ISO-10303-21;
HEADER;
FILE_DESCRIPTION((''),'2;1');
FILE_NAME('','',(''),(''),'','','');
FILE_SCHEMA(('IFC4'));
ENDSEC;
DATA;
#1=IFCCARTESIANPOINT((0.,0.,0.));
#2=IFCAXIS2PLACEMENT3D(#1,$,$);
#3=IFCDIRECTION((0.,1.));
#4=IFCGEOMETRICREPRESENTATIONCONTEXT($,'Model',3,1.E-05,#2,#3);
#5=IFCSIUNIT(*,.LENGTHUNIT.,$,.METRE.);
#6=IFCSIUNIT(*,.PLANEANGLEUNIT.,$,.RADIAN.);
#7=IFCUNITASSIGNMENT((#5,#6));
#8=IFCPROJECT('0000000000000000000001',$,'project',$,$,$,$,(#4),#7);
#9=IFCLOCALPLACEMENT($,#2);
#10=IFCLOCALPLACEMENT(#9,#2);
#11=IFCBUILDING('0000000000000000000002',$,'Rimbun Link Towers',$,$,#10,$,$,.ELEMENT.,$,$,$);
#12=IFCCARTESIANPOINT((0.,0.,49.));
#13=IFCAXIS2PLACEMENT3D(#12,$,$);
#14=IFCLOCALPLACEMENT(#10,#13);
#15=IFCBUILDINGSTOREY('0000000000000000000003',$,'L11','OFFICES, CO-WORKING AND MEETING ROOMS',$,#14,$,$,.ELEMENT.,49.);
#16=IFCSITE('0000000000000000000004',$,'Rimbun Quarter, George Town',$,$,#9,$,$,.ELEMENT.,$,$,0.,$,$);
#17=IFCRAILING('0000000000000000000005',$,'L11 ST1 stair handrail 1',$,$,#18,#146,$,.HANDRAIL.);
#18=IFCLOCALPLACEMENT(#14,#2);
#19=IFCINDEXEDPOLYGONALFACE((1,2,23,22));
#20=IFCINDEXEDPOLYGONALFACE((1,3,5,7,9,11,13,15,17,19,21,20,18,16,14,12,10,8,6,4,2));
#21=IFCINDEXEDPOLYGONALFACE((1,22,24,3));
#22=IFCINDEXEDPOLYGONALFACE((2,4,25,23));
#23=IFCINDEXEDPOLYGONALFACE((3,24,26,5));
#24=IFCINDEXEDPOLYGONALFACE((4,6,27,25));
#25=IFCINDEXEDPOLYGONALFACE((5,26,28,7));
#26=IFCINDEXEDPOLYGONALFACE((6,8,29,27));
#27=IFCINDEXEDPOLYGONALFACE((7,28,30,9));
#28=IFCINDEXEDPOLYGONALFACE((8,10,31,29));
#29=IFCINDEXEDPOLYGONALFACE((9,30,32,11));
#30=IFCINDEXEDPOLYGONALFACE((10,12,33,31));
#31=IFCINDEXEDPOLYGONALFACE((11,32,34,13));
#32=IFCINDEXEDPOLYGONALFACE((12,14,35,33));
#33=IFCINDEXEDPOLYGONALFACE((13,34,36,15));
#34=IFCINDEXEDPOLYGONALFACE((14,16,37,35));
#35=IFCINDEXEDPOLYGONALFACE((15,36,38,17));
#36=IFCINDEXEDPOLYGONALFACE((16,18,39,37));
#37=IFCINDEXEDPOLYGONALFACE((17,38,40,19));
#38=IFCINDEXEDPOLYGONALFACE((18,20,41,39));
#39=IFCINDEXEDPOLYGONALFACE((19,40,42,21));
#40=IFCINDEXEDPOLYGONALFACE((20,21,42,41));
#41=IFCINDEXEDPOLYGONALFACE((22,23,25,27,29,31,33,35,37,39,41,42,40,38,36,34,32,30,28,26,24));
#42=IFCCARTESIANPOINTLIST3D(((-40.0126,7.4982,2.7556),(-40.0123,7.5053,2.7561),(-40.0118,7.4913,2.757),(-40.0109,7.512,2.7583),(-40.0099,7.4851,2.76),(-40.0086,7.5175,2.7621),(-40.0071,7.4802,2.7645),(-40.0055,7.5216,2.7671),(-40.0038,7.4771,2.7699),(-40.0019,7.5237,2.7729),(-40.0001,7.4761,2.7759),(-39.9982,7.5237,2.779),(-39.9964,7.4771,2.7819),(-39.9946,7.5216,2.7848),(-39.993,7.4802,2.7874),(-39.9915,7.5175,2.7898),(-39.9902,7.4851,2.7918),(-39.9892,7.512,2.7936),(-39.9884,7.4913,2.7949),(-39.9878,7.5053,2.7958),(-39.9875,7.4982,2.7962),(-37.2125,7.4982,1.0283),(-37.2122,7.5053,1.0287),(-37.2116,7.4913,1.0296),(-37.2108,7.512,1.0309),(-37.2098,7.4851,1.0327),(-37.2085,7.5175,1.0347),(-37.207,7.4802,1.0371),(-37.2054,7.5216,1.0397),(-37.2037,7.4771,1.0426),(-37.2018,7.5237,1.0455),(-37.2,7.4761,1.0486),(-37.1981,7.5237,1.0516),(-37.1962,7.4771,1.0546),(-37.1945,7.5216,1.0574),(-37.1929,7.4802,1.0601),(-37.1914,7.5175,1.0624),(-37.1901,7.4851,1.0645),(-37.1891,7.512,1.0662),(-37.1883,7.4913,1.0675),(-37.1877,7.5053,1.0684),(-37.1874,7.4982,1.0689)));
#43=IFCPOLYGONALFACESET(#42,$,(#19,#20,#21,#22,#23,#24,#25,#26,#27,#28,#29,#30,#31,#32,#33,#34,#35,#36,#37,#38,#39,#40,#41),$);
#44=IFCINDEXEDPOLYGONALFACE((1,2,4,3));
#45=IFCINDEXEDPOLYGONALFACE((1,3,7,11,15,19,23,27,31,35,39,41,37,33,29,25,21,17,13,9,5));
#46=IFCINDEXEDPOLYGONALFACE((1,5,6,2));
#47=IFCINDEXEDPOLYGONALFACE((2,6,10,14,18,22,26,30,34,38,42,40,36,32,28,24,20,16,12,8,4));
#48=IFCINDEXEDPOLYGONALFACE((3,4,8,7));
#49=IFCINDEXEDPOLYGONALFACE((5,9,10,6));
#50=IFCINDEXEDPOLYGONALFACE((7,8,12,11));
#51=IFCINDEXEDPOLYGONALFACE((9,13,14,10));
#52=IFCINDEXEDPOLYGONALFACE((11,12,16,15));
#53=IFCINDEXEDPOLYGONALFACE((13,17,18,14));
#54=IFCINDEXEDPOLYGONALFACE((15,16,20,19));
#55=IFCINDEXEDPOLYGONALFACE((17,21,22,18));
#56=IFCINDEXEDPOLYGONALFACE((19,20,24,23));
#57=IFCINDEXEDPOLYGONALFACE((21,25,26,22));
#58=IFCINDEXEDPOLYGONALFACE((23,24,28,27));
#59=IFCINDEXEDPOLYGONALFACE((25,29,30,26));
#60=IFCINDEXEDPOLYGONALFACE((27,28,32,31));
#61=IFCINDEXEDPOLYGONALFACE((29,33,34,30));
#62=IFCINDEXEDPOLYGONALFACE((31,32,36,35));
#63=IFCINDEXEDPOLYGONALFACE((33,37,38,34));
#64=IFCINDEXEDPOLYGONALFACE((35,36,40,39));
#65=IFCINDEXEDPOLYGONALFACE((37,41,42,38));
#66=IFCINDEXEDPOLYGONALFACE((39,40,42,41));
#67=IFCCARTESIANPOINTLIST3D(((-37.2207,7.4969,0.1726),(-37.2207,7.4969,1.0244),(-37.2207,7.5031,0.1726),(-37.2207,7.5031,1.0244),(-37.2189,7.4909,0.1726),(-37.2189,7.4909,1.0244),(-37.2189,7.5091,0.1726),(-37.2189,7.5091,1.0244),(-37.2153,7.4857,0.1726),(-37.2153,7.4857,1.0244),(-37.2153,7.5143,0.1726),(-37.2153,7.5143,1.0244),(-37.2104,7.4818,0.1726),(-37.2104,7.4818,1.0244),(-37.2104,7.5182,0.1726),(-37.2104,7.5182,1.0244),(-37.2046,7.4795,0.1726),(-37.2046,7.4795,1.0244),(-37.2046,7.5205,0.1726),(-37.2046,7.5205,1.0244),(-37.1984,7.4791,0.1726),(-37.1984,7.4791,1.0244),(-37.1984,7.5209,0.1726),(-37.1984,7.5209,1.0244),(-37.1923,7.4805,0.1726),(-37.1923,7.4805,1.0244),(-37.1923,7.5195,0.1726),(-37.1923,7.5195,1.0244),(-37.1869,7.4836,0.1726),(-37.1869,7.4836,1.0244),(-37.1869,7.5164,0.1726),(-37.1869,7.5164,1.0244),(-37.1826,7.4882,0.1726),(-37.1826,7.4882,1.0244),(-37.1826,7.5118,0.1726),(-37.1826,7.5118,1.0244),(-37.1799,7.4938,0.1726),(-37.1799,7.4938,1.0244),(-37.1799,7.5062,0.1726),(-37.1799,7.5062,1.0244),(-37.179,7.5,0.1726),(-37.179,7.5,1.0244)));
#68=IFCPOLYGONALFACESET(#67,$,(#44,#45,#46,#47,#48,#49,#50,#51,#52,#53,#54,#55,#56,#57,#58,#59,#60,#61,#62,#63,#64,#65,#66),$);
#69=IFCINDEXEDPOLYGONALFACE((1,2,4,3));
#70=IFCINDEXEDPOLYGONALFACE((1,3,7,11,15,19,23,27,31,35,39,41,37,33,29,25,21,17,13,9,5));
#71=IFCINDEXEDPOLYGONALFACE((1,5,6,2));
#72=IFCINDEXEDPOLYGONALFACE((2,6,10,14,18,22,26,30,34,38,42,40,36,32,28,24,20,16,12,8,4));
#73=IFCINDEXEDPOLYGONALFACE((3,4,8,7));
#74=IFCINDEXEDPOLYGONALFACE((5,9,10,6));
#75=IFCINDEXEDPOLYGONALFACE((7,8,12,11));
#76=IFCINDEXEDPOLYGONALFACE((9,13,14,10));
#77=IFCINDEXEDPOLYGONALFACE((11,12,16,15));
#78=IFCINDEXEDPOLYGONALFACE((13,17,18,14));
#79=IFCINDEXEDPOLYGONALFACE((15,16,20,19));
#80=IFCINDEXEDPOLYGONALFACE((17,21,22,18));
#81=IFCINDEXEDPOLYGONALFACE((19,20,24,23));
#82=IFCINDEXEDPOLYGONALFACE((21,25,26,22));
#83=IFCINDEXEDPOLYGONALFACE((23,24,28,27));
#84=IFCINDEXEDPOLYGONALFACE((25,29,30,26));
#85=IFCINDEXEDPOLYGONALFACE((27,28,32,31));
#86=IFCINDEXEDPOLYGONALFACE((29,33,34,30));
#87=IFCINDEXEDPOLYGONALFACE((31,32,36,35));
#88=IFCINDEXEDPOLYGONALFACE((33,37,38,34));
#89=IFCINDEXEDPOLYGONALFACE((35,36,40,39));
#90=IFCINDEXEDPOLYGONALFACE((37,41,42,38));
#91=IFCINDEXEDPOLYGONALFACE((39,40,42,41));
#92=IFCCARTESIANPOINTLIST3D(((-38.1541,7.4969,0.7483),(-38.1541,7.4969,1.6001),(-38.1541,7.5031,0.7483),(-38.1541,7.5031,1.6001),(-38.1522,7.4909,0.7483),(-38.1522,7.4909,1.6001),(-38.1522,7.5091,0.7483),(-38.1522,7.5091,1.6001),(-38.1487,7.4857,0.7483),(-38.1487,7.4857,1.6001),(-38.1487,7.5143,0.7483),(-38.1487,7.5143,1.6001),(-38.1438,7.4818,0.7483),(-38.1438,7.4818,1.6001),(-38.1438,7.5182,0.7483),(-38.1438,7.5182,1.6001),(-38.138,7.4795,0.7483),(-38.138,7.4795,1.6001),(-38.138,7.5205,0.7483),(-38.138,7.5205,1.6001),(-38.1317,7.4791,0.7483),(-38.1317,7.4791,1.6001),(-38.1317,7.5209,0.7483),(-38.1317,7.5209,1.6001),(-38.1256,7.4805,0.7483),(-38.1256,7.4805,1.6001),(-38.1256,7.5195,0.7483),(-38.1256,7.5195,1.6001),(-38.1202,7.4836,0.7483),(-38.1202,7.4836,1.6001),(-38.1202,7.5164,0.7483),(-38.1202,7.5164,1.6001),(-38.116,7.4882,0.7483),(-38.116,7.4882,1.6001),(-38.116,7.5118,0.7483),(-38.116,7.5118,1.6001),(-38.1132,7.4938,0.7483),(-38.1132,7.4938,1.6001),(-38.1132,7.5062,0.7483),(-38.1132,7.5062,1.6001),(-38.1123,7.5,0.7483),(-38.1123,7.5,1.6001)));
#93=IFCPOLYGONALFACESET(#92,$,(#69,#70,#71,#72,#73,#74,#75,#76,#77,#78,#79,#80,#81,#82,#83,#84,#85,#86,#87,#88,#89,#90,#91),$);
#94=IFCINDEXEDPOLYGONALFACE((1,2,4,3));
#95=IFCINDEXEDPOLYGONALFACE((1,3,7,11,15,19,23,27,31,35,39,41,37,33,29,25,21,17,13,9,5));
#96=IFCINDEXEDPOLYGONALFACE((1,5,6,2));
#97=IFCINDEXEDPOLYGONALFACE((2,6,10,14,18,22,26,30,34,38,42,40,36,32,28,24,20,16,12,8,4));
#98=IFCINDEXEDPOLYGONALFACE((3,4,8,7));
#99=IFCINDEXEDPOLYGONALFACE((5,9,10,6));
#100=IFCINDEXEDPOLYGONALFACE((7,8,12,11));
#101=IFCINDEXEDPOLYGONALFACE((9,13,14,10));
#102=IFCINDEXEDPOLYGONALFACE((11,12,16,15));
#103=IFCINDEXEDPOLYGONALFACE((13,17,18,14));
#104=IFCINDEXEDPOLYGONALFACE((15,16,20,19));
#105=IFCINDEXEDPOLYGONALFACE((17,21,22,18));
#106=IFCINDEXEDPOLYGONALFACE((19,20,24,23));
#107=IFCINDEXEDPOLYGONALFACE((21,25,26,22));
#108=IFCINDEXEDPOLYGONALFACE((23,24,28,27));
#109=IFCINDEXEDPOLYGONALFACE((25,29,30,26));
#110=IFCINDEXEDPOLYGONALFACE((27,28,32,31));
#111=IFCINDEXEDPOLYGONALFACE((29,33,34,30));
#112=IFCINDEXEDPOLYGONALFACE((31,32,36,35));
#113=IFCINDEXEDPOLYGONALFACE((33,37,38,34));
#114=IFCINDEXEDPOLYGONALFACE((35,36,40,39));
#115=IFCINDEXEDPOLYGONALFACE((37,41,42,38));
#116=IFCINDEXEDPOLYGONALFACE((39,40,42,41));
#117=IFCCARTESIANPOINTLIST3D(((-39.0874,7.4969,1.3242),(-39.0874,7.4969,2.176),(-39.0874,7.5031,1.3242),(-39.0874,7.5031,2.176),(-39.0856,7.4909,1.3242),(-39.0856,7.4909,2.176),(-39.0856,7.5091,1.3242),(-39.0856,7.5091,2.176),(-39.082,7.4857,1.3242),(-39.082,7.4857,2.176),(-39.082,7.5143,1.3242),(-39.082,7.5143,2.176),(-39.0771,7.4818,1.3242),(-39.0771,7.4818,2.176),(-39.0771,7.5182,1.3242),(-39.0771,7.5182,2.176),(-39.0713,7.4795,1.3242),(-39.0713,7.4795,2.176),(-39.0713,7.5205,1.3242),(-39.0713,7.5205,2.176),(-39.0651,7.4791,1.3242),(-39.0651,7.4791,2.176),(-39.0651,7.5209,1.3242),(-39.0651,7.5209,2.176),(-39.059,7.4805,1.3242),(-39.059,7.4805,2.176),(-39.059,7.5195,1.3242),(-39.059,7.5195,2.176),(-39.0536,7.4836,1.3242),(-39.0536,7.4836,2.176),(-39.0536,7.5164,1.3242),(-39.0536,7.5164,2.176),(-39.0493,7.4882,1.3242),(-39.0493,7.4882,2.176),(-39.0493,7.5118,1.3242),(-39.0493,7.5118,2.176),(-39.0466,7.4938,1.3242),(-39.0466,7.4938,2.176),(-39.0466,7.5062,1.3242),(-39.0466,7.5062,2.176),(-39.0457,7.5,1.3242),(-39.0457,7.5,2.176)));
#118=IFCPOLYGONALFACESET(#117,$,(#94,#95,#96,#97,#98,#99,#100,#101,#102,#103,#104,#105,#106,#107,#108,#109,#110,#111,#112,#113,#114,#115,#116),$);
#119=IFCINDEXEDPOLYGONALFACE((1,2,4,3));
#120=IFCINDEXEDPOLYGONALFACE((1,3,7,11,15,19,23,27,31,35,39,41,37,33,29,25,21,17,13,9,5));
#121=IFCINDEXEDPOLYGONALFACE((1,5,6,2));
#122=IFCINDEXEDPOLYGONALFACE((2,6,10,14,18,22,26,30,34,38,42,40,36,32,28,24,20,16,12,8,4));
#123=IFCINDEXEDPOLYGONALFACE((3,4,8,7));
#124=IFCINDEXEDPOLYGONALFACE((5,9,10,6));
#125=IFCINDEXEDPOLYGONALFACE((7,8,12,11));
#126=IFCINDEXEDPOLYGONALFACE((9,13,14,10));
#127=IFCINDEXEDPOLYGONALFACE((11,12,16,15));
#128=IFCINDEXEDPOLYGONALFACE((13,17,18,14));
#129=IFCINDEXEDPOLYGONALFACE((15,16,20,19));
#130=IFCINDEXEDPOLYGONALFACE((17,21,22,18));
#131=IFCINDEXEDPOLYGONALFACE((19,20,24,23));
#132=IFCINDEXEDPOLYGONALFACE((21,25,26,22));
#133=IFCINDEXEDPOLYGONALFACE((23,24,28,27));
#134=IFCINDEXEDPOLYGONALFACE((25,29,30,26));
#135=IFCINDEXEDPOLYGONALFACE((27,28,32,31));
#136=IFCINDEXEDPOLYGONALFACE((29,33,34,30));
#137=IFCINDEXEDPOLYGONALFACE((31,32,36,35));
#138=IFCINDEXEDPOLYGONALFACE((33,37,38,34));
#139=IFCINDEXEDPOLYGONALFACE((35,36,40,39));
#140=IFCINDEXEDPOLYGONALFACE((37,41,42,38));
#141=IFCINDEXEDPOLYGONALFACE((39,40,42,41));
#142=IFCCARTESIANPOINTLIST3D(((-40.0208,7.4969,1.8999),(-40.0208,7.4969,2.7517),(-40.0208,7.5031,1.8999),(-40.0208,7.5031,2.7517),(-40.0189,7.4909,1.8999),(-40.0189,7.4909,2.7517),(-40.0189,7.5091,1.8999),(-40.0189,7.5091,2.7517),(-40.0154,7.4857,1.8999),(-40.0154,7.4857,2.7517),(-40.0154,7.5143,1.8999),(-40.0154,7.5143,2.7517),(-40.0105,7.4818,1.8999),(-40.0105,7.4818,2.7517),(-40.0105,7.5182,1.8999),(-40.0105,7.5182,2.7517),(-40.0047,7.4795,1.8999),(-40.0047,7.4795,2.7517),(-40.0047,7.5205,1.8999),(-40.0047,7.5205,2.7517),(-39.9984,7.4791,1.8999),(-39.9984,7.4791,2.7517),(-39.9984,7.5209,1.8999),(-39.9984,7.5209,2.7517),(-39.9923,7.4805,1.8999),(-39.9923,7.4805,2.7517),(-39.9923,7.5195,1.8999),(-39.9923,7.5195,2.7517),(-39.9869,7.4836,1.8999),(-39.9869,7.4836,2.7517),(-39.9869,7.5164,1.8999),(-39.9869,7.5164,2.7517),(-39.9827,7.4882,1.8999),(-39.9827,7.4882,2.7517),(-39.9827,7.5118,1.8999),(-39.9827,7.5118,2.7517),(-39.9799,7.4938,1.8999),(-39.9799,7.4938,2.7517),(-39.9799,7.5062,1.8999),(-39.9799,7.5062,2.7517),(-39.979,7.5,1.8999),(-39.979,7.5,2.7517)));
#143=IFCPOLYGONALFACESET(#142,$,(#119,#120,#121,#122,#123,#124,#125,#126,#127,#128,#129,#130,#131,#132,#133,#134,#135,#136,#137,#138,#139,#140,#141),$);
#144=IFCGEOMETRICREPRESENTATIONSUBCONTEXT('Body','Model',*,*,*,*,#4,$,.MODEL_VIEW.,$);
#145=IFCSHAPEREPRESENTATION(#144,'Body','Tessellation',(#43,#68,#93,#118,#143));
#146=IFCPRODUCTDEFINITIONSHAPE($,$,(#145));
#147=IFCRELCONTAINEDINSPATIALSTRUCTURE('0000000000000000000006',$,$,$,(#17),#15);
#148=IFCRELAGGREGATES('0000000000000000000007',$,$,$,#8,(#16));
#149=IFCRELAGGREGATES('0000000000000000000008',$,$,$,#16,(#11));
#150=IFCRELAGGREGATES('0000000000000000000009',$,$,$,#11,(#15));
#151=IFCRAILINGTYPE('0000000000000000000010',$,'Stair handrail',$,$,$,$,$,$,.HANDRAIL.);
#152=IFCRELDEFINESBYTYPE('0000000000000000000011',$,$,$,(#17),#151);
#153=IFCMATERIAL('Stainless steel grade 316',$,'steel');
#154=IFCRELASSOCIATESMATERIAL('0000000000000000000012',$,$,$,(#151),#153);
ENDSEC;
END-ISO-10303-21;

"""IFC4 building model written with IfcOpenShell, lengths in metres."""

from ifc_helpers import new_model, si_unit, direction, frame, origin, origin_2d, place, context, subcontext, project, spatial, circle, extrude, material, type_object, element, save


model = new_model("IFC4")

# Units and contexts
model_context = context("Model", 3, precision=1e-05, world=origin(), true_north=direction((0.0, 1.0)))
body_context = subcontext(model_context, "Body", "Model", "MODEL_VIEW")
ifc_project = project(units=[si_unit("LENGTHUNIT", "METRE"), si_unit("PLANEANGLEUNIT", "RADIAN")], contexts=[model_context])

# Site, building, storey
site_placement = place(None, origin())
site = spatial("IfcSite", under=ifc_project, at=site_placement, Name="Rimbun Quarter, George Town", CompositionType="ELEMENT", RefElevation=0.0)
building_placement = place(site_placement, origin())
building = spatial("IfcBuilding", under=site, at=building_placement, Name="Rimbun Link Towers", CompositionType="ELEMENT")
storey_placement = place(building_placement, frame((0.0, 0.0, 49.0)))
storey = spatial("IfcBuildingStorey", under=building, at=storey_placement, Name="L11", Description="OFFICES, CO-WORKING AND MEETING ROOMS", CompositionType="ELEMENT", Elevation=49.0)

# Railing
ifc_material_1 = material(Name="Stainless steel grade 316", Category="steel")
railing_type_1 = type_object("IfcRailingType", Name="Stair handrail", PredefinedType="HANDRAIL", material=ifc_material_1)
railing_1_placement = place(storey_placement, frame((-37.2, 7.5, 0.1726)))
element("IfcRailing", 1, at=railing_1_placement, inside=storey, type_object=railing_type_1, Name="L11 ST1 stair handrail 1", PredefinedType="HANDRAIL", context=body_context, shape_type="SweptSolid", body=[
    extrude(circle(Radius=0.0239, at=origin_2d()), frame((0.0, 0.0, 0.876), z_axis=(-0.85109, 0.0, 0.52502), x_axis=(0.0, -1.0, 0.0)), (0.0, 0.0, 1.0), 3.29),
    extrude(circle(Radius=0.021, at=origin_2d()), origin(), (0.0, 0.0, 1.0), 0.8518),
    extrude(circle(Radius=0.021, at=origin_2d()), frame((-0.9333, 0.0, 0.5757)), (0.0, 0.0, 1.0), 0.8518),
    extrude(circle(Radius=0.021, at=origin_2d()), frame((-1.8667, 0.0, 1.1516)), (0.0, 0.0, 1.0), 0.8518),
    extrude(circle(Radius=0.021, at=origin_2d()), frame((-2.8, 0.0, 1.7273)), (0.0, 0.0, 1.0), 0.8518),
])

save(model, "model.ifc")
